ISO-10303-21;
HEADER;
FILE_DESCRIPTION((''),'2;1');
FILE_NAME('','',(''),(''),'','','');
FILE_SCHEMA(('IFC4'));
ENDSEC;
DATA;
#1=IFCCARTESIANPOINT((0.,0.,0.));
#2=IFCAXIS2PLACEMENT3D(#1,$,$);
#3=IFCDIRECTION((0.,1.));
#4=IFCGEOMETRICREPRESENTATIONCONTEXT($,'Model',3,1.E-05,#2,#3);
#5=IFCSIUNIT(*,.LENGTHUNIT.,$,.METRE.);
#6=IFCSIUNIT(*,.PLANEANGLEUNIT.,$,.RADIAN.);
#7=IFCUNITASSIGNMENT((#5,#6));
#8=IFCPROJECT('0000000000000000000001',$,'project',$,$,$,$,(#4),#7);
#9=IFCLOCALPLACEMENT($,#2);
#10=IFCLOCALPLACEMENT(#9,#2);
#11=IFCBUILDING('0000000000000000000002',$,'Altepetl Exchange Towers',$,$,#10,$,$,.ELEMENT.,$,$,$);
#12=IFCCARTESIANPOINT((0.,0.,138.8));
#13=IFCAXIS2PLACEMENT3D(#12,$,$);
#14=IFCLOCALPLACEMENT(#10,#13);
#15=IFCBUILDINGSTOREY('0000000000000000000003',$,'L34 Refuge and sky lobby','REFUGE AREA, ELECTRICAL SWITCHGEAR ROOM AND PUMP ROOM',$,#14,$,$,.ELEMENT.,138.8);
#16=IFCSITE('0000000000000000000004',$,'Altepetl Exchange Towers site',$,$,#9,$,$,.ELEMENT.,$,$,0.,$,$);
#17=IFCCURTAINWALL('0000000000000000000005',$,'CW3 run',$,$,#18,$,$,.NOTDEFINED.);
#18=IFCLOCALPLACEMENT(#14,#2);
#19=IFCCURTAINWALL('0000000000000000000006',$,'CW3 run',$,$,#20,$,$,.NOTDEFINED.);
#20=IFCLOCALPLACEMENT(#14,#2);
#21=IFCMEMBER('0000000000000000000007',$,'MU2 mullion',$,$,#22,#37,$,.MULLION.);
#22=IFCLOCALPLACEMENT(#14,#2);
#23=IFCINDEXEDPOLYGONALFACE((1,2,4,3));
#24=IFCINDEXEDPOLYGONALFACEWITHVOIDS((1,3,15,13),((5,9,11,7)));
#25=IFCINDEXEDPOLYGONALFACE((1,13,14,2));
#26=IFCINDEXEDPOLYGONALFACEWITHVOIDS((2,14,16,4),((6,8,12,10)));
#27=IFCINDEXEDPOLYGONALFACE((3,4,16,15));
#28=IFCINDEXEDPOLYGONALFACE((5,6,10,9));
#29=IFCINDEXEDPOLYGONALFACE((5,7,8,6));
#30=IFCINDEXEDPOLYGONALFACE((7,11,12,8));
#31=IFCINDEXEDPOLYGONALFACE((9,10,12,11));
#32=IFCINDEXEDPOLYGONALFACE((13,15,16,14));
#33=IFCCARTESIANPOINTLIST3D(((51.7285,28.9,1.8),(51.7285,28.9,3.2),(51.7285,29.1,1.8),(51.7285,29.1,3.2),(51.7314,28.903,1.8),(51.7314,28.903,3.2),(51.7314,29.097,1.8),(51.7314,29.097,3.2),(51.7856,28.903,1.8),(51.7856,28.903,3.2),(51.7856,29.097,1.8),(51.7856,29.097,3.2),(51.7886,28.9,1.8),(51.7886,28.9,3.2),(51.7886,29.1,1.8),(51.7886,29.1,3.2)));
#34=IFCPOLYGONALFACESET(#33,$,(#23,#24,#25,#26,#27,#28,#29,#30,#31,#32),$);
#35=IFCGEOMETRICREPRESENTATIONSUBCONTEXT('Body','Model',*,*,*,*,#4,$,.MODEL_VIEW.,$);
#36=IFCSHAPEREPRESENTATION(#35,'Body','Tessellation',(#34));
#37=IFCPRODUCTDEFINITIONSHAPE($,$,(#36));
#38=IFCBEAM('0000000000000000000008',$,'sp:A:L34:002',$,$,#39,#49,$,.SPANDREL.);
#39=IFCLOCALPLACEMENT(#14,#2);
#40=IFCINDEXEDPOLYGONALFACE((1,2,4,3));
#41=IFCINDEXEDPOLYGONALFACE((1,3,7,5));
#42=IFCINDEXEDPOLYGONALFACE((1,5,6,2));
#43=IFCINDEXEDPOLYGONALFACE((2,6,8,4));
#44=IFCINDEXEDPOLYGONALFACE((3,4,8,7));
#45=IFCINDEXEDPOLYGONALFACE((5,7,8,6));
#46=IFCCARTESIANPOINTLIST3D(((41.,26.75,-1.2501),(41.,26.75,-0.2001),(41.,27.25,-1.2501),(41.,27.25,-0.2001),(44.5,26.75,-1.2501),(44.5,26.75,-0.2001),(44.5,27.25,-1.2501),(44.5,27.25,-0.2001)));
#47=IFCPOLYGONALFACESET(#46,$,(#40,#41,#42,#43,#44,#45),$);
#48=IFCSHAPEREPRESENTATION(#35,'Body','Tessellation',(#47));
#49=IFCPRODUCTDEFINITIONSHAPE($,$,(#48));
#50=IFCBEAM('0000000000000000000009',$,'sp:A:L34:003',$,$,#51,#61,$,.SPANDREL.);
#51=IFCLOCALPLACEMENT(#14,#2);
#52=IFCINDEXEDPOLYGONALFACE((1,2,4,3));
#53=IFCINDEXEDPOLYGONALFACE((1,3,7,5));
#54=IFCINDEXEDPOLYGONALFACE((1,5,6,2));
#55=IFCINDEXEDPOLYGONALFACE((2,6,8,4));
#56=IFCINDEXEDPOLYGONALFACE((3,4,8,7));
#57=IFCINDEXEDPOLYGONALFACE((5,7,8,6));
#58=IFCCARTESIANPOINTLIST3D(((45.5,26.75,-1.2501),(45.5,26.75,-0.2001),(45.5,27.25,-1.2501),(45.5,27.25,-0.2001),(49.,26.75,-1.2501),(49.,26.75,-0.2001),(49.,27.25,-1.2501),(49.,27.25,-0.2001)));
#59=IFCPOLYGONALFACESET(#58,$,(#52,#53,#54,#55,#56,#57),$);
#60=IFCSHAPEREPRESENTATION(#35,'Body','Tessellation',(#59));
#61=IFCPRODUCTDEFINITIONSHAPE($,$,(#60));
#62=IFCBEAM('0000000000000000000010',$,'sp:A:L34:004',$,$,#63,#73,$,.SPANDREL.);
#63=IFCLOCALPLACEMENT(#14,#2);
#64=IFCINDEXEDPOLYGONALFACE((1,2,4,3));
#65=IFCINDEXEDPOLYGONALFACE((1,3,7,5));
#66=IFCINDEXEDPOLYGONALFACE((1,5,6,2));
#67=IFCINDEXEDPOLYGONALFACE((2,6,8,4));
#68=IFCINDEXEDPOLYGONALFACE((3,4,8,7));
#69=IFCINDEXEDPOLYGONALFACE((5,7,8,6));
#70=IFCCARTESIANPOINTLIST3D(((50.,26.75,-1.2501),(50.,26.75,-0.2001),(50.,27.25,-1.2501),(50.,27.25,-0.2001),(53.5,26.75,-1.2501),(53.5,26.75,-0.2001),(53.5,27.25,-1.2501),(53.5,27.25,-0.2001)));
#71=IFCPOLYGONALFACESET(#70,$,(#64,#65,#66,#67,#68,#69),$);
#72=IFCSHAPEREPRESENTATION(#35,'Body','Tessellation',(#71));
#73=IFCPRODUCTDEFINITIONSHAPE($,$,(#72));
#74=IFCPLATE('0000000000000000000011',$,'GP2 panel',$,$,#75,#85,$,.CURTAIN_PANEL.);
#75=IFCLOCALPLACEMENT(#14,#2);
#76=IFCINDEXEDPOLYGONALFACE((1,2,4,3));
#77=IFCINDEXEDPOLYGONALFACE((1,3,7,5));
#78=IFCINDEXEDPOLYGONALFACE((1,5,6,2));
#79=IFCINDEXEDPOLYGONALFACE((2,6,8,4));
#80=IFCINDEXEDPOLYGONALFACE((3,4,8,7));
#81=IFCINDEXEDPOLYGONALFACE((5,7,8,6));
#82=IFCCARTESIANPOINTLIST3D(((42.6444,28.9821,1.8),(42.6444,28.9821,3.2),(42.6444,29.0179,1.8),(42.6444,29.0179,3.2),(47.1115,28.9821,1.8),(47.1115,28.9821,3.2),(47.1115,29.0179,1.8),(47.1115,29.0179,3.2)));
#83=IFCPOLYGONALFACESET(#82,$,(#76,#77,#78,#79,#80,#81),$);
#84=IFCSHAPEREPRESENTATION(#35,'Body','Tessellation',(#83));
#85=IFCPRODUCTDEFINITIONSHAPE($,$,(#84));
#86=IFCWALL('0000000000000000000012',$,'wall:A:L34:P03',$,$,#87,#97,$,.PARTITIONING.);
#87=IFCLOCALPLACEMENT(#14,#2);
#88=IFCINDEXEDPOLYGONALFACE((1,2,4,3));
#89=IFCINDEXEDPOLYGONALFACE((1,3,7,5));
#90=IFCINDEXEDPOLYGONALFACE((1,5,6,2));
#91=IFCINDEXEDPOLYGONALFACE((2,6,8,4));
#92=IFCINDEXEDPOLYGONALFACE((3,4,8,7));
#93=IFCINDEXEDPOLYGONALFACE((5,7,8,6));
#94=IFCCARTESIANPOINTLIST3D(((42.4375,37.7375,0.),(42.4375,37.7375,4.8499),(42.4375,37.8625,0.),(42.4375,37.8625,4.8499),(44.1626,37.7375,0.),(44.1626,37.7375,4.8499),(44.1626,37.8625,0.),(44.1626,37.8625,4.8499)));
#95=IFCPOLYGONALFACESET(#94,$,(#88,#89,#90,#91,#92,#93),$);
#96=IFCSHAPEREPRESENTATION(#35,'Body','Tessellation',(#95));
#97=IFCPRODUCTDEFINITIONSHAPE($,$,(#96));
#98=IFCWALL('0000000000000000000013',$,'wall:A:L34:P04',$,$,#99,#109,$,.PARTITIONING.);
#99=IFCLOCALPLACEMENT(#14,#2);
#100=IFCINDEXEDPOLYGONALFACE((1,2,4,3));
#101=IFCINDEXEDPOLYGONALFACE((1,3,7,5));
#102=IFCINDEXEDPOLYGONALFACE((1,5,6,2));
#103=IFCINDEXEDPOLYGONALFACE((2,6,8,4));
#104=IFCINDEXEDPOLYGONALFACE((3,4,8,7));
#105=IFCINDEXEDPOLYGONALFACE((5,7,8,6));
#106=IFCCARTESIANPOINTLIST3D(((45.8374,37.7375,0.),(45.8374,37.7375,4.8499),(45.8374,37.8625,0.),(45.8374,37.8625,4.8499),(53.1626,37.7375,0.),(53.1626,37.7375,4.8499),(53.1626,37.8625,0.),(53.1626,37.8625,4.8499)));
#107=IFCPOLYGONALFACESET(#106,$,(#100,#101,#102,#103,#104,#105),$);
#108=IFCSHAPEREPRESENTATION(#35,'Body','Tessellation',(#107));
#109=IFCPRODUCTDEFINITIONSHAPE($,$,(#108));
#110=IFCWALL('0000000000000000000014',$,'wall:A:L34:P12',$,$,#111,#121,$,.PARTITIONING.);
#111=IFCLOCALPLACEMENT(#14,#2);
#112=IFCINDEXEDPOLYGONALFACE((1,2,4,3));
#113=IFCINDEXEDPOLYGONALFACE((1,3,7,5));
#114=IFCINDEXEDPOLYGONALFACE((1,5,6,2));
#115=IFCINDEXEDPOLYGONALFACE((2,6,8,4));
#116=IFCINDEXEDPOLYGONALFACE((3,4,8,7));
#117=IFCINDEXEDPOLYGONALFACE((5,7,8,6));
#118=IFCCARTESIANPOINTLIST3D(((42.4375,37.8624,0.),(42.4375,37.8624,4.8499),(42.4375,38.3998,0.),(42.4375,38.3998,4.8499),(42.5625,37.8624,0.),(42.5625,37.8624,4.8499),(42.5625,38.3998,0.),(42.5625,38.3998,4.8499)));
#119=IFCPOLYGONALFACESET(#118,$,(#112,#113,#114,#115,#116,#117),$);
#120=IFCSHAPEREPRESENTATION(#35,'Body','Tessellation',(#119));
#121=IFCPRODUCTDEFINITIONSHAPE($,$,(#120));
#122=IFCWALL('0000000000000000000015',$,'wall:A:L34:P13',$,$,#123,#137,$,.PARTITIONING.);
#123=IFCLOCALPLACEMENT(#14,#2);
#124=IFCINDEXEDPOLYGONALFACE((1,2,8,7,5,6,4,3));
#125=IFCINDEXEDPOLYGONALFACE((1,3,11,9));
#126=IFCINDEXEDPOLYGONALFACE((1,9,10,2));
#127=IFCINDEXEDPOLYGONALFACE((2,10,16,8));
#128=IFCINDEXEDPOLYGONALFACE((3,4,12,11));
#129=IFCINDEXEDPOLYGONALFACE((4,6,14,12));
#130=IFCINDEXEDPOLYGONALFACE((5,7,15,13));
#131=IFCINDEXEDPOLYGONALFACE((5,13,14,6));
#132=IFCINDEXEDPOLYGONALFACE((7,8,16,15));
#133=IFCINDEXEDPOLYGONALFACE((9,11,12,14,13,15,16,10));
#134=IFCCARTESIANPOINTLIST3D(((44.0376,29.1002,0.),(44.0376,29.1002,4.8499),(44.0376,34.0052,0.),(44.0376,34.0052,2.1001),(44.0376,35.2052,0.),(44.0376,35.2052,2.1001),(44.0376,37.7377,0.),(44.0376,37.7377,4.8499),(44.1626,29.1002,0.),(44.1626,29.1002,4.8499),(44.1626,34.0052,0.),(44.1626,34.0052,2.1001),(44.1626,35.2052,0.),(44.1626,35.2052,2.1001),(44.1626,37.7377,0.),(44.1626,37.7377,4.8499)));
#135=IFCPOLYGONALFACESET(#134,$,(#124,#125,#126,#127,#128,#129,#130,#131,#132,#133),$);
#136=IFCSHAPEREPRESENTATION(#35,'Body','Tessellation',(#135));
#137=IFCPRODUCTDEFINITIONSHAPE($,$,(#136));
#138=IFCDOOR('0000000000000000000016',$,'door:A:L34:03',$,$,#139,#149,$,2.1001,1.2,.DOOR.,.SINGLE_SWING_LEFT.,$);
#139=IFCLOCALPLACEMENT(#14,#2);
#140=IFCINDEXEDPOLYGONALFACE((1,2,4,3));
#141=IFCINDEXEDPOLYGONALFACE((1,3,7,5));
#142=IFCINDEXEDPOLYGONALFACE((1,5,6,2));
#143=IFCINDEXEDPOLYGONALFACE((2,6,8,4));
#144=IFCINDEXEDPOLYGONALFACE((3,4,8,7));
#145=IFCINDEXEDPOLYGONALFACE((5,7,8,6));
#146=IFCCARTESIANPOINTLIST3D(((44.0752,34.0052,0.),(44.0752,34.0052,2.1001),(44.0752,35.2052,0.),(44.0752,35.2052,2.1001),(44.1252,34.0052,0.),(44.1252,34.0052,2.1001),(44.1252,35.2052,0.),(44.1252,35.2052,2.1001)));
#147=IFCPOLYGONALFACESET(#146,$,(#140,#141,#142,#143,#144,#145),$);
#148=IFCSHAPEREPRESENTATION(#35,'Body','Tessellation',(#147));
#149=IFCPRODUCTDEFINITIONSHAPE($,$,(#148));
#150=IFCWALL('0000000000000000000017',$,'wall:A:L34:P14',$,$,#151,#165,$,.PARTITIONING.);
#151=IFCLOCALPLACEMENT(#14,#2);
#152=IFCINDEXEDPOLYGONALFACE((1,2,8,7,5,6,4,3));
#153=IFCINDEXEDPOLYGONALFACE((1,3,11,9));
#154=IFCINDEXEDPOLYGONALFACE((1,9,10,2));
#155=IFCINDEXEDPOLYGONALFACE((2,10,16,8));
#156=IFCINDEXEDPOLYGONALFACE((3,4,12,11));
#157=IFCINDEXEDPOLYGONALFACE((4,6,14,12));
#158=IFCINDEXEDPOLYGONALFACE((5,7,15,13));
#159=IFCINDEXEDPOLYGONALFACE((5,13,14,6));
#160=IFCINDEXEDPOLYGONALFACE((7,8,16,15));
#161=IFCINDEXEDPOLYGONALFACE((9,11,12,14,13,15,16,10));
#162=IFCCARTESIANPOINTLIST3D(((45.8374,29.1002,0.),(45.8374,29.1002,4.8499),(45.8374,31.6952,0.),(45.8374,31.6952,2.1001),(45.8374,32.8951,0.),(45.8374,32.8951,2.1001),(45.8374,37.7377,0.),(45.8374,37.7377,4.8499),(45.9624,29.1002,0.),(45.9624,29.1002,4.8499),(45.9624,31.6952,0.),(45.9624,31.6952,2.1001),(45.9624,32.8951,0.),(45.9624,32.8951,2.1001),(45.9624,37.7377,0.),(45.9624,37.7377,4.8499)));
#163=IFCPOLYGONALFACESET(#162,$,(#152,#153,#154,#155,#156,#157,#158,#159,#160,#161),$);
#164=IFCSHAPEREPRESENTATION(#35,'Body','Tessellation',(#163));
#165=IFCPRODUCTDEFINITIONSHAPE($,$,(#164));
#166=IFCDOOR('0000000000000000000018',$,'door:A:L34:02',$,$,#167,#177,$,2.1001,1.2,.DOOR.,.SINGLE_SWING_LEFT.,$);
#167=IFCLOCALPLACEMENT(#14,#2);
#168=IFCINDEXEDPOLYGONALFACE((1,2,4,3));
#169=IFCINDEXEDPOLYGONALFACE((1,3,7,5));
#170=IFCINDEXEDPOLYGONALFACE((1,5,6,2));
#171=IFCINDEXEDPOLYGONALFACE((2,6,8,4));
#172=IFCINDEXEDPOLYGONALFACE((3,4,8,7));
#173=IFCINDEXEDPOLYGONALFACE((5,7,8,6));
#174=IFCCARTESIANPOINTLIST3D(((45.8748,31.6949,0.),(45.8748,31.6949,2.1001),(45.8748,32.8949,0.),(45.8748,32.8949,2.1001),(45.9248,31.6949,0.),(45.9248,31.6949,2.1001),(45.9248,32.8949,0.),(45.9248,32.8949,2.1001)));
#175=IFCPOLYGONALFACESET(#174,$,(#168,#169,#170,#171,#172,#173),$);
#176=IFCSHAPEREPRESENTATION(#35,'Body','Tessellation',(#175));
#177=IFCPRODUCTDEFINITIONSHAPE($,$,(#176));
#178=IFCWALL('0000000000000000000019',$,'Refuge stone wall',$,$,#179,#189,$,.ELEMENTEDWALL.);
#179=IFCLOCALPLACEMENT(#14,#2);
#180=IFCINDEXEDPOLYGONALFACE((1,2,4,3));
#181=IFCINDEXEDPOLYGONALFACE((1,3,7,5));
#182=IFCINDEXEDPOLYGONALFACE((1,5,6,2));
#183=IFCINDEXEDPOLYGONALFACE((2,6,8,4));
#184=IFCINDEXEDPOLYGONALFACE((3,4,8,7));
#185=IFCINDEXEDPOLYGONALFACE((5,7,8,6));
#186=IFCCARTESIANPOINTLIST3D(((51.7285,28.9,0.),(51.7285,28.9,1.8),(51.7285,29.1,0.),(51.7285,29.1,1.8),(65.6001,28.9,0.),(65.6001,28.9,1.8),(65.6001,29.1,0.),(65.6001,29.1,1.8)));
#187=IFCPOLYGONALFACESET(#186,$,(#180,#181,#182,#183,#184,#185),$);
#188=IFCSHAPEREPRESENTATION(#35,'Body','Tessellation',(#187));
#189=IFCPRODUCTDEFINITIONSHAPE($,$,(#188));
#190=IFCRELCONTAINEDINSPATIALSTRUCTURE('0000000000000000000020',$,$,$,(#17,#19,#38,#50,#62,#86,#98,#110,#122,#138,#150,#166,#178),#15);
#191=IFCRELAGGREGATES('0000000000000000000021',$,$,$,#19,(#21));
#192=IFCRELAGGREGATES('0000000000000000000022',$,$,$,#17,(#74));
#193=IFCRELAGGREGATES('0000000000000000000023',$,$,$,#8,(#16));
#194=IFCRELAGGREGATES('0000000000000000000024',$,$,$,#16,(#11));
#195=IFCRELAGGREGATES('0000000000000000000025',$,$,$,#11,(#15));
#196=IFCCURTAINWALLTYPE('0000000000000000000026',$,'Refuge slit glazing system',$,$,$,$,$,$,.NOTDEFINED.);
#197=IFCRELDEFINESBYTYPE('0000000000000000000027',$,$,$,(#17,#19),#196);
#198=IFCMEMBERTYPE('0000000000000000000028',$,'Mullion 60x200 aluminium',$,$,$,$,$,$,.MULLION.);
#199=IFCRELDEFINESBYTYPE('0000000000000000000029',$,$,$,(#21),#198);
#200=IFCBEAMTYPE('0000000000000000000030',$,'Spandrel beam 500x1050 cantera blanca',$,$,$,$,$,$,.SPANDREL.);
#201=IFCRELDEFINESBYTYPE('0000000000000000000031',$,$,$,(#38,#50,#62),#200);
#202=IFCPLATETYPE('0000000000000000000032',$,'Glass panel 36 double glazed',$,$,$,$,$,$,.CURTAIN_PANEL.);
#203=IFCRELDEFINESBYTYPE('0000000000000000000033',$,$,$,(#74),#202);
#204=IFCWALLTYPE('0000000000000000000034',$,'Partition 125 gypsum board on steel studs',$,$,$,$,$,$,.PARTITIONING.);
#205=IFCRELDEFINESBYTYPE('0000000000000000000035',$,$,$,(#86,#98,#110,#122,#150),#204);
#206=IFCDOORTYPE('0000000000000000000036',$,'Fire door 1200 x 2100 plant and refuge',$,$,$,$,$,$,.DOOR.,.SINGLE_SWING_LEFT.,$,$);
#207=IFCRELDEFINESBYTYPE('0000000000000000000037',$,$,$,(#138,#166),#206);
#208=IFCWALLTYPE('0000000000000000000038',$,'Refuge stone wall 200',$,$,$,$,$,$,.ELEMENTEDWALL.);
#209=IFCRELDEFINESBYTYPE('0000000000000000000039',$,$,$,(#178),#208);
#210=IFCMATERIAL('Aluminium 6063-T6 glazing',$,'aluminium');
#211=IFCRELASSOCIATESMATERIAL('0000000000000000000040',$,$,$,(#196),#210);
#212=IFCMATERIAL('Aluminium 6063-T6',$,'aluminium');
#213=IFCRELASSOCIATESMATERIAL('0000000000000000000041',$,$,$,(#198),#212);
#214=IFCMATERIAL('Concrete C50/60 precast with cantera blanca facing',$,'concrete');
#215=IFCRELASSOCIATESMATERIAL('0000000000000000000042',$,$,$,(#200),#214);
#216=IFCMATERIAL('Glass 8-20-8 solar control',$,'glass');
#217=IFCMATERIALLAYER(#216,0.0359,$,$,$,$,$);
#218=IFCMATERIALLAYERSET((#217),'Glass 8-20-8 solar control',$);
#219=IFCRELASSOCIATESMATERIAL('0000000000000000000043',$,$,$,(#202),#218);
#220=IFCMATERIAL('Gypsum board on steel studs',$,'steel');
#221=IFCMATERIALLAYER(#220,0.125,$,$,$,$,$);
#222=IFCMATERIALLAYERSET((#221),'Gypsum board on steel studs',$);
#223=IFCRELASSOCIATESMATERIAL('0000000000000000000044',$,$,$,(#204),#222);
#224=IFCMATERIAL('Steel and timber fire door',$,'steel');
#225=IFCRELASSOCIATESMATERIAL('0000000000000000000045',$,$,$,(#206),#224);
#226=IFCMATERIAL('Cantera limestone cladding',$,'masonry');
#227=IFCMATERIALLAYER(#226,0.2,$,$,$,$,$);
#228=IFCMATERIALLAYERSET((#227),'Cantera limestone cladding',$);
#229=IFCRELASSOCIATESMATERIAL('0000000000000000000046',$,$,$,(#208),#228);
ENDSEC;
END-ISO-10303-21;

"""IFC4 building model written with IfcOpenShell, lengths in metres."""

from ifc_helpers import new_model, si_unit, direction, frame, frame_2d, origin, origin_2d, place, context, subcontext, project, spatial, rectangle, hollow_rectangle, extrude, material, layer, layer_set, material_profile, profile_set, type_object, element, fill, aggregate, save


model = new_model("IFC4")

# Units and contexts
model_context = context("Model", 3, precision=1e-05, world=origin(), true_north=direction((0.0, 1.0)))
body_context = subcontext(model_context, "Body", "Model", "MODEL_VIEW")
ifc_project = project(units=[si_unit("LENGTHUNIT", "METRE"), si_unit("PLANEANGLEUNIT", "RADIAN")], contexts=[model_context])

# Site, building, storey
site_placement = place(None, origin())
site = spatial("IfcSite", under=ifc_project, at=site_placement, Name="Altepetl Exchange Towers site", CompositionType="ELEMENT", RefElevation=0.0)
building_placement = place(site_placement, origin())
building = spatial("IfcBuilding", under=site, at=building_placement, Name="Altepetl Exchange Towers", CompositionType="ELEMENT")
storey_placement = place(building_placement, frame((0.0, 0.0, 138.8)))
storey = spatial("IfcBuildingStorey", under=building, at=storey_placement, Name="L34 Refuge and sky lobby", Description="REFUGE AREA, ELECTRICAL SWITCHGEAR ROOM AND PUMP ROOM", CompositionType="ELEMENT", Elevation=138.8)

# Curtain wall
ifc_material_1 = material(Name="Aluminium 6063-T6 glazing", Category="aluminium")
curtain_wall_type = type_object("IfcCurtainWallType", Name="Refuge slit glazing system", PredefinedType="NOTDEFINED", material=ifc_material_1)
curtain_wall_1_placement = place(storey_placement, origin())
curtain_wall_1 = element("IfcCurtainWall", 1, at=curtain_wall_1_placement, inside=storey, type_object=curtain_wall_type, Name="CW3 run", PredefinedType="NOTDEFINED")
ifc_material_2 = material(Name="Aluminium 6063-T6", Category="aluminium")
ifc_material_profile_1 = material_profile(ifc_material_2, hollow_rectangle(XDim=0.0601, YDim=0.2, WallThickness=0.0029, at=origin_2d()), Name="Mullion 60x200 aluminium")
ifc_profile_set_1 = profile_set([ifc_material_profile_1], Name="Aluminium 6063-T6")
member_type_1 = type_object("IfcMemberType", Name="Mullion 60x200 aluminium", PredefinedType="MULLION", material=ifc_profile_set_1)

# Curtain wall, member
curtain_wall_2_placement = place(storey_placement, origin())
curtain_wall_2 = element("IfcCurtainWall", 2, at=curtain_wall_2_placement, inside=storey, type_object=curtain_wall_type, Name="CW3 run", PredefinedType="NOTDEFINED")
member_1_placement = place(storey_placement, frame((51.7585, 29.0, 1.8)))
member_1 = element("IfcMember", 3, at=member_1_placement, type_object=member_type_1, Name="MU2 mullion", PredefinedType="MULLION", context=body_context, shape_type="SweptSolid", body=[
    extrude(hollow_rectangle(XDim=0.0601, YDim=0.2, WallThickness=0.0029, at=origin_2d()), origin(), (0.0, 0.0, 1.0), 1.3999),
])
aggregate(curtain_wall_2, [member_1])

# Beams
ifc_material_3 = material(Name="Concrete C50/60 precast with cantera blanca facing", Category="concrete")
ifc_material_profile_2 = material_profile(ifc_material_3, rectangle(XDim=0.5, YDim=1.05, at=origin_2d()), Name="500 x 1050")
ifc_profile_set_2 = profile_set([ifc_material_profile_2], Name="Concrete C50/60 precast with cantera blanca facing")
beam_type_1 = type_object("IfcBeamType", Name="Spandrel beam 500x1050 cantera blanca", PredefinedType="SPANDREL", material=ifc_profile_set_2)
for number, where, z_axis, x_axis, name in (
    (4, (41.0, 27.0, -0.7251), (1.0, 0.0, 0.0), (0.0, 1.0, 0.0), "sp:A:L34:002"),
    (5, (45.5, 27.0, -0.7251), (1.0, 0.0, 0.0), (0.0, 1.0, 0.0), "sp:A:L34:003"),
    (6, (50.0, 27.0, -0.7251), (1.0, 0.0, 0.0), (0.0, 1.0, 0.0), "sp:A:L34:004"),
):
    element("IfcBeam", number, at=place(storey_placement, frame(where, z_axis=z_axis, x_axis=x_axis)), inside=storey, type_object=beam_type_1, Name=name, PredefinedType="SPANDREL", context=body_context, shape_type="SweptSolid", body=[
        extrude(rectangle(XDim=0.5, YDim=1.05, at=origin_2d()), origin(), (0.0, 0.0, 1.0), 3.5),
    ])

# Plate
ifc_material_4 = material(Name="Glass 8-20-8 solar control", Category="glass")
ifc_layer_1 = layer(ifc_material_4, 0.0359)
ifc_layer_set_1 = layer_set([ifc_layer_1], Name="Glass 8-20-8 solar control")
plate_type = type_object("IfcPlateType", Name="Glass panel 36 double glazed", PredefinedType="CURTAIN_PANEL", material=ifc_layer_set_1)
plate_placement = place(storey_placement, frame((44.8779, 29.0, 1.8)))
plate = element("IfcPlate", 7, at=plate_placement, type_object=plate_type, Name="GP2 panel", PredefinedType="CURTAIN_PANEL", context=body_context, shape_type="SweptSolid", body=[
    extrude(rectangle(XDim=4.467, YDim=0.0359, at=origin_2d()), origin(), (0.0, 0.0, 1.0), 1.3999),
])
aggregate(curtain_wall_1, [plate])

# Walls
ifc_material_5 = material(Name="Gypsum board on steel studs", Category="steel")
ifc_layer_2 = layer(ifc_material_5, 0.125)
ifc_layer_set_2 = layer_set([ifc_layer_2], Name="Gypsum board on steel studs")
wall_type_1 = type_object("IfcWallType", Name="Partition 125 gypsum board on steel studs", PredefinedType="PARTITIONING", material=ifc_layer_set_2)
wall_1_placement = place(storey_placement, frame((42.4375, 37.8, 0.0)))
element("IfcWall", 8, at=wall_1_placement, inside=storey, type_object=wall_type_1, Name="wall:A:L34:P03", PredefinedType="PARTITIONING", context=body_context, shape_type="SweptSolid", body=[
    extrude(rectangle(XDim=1.7251, YDim=0.125, at=frame_2d((0.8625, 0.0))), origin(), (0.0, 0.0, 1.0), 4.8499),
])
wall_2_placement = place(storey_placement, frame((45.8374, 37.8, 0.0)))
element("IfcWall", 9, at=wall_2_placement, inside=storey, type_object=wall_type_1, Name="wall:A:L34:P04", PredefinedType="PARTITIONING", context=body_context, shape_type="SweptSolid", body=[
    extrude(rectangle(XDim=7.3252, YDim=0.125, at=frame_2d((3.6626, 0.0))), origin(), (0.0, 0.0, 1.0), 4.8499),
])
wall_3_placement = place(storey_placement, frame((42.5, 37.8625, 0.0), z_axis=(0.0, 0.0, 1.0), x_axis=(0.0, 1.0, 0.0)))
element("IfcWall", 10, at=wall_3_placement, inside=storey, type_object=wall_type_1, Name="wall:A:L34:P12", PredefinedType="PARTITIONING", context=body_context, shape_type="SweptSolid", body=[
    extrude(rectangle(XDim=0.5374, YDim=0.125, at=frame_2d((0.2686, 0.0))), origin(), (0.0, 0.0, 1.0), 4.8499),
])

# Walls, openings, doors
wall_4_placement = place(storey_placement, frame((44.1001, 29.1001, 0.0), z_axis=(0.0, 0.0, 1.0), x_axis=(0.0, 1.0, 0.0)))
wall_4 = element("IfcWall", 11, at=wall_4_placement, inside=storey, type_object=wall_type_1, Name="wall:A:L34:P13", PredefinedType="PARTITIONING", context=body_context, shape_type="SweptSolid", body=[
    extrude(rectangle(XDim=8.6375, YDim=0.125, at=frame_2d((4.3188, 0.0))), origin(), (0.0, 0.0, 1.0), 4.8499),
])
opening_1_placement = place(wall_4_placement, frame((4.905, 0.0, 0.0)))
opening_1 = element("IfcOpeningElement", 12, at=opening_1_placement, cuts=wall_4, PredefinedType="OPENING", context=body_context, shape_type="SweptSolid", body=[
    extrude(rectangle(XDim=1.2, YDim=2.1001, at=frame_2d((0.6001, 1.05))), frame((0.0, 0.0725, 0.0), z_axis=(0.0, -1.0, 0.0), x_axis=(1.0, 0.0, 0.0)), (0.0, 0.0, 1.0), 0.145),
])
ifc_material_6 = material(Name="Steel and timber fire door", Category="steel")
door_type_1 = type_object("IfcDoorType", Name="Fire door 1200 x 2100 plant and refuge", OperationType="SINGLE_SWING_LEFT", PredefinedType="DOOR", material=ifc_material_6)
door_1_placement = place(opening_1_placement, origin())
door_1 = element("IfcDoor", 13, at=door_1_placement, inside=storey, type_object=door_type_1, Name="door:A:L34:03", OperationType="SINGLE_SWING_LEFT", OverallHeight=2.1001, OverallWidth=1.2, PredefinedType="DOOR", context=body_context, shape_type="SweptSolid", body=[
    extrude(rectangle(XDim=1.2, YDim=2.1001, at=frame_2d((0.6001, 1.05))), frame((0.0, 0.0249, 0.0), z_axis=(0.0, -1.0, 0.0), x_axis=(1.0, 0.0, 0.0)), (0.0, 0.0, 1.0), 0.05),
])
fill(opening_1, door_1)
wall_5_placement = place(storey_placement, frame((45.8999, 29.1001, 0.0), z_axis=(0.0, 0.0, 1.0), x_axis=(0.0, 1.0, 0.0)))
wall_5 = element("IfcWall", 14, at=wall_5_placement, inside=storey, type_object=wall_type_1, Name="wall:A:L34:P14", PredefinedType="PARTITIONING", context=body_context, shape_type="SweptSolid", body=[
    extrude(rectangle(XDim=8.6375, YDim=0.125, at=frame_2d((4.3188, 0.0))), origin(), (0.0, 0.0, 1.0), 4.8499),
])
opening_2_placement = place(wall_5_placement, frame((2.595, 0.0, 0.0)))
opening_2 = element("IfcOpeningElement", 15, at=opening_2_placement, cuts=wall_5, PredefinedType="OPENING", context=body_context, shape_type="SweptSolid", body=[
    extrude(rectangle(XDim=1.2, YDim=2.1001, at=frame_2d((0.6001, 1.05))), frame((0.0, 0.0725, 0.0), z_axis=(0.0, -1.0, 0.0), x_axis=(1.0, 0.0, 0.0)), (0.0, 0.0, 1.0), 0.145),
])
door_2_placement = place(opening_2_placement, frame((1.2, 0.0, 0.0), x_axis=(-1.0, 0.0, 0.0)))
door_2 = element("IfcDoor", 16, at=door_2_placement, inside=storey, type_object=door_type_1, Name="door:A:L34:02", OperationType="SINGLE_SWING_LEFT", OverallHeight=2.1001, OverallWidth=1.2, PredefinedType="DOOR", context=body_context, shape_type="SweptSolid", body=[
    extrude(rectangle(XDim=1.2, YDim=2.1001, at=frame_2d((0.6001, 1.05))), frame((0.0, 0.0249, 0.0), z_axis=(0.0, -1.0, 0.0), x_axis=(1.0, 0.0, 0.0)), (0.0, 0.0, 1.0), 0.05),
])
fill(opening_2, door_2)

# Wall
ifc_material_7 = material(Name="Cantera limestone cladding", Category="masonry")
ifc_layer_3 = layer(ifc_material_7, 0.2)
ifc_layer_set_3 = layer_set([ifc_layer_3], Name="Cantera limestone cladding")
wall_type_2 = type_object("IfcWallType", Name="Refuge stone wall 200", PredefinedType="ELEMENTEDWALL", material=ifc_layer_set_3)
wall_6_placement = place(storey_placement, frame((51.7285, 29.0, 0.0)))
element("IfcWall", 17, at=wall_6_placement, inside=storey, type_object=wall_type_2, Name="Refuge stone wall", PredefinedType="ELEMENTEDWALL", context=body_context, shape_type="SweptSolid", body=[
    extrude(rectangle(XDim=13.8716, YDim=0.2, at=frame_2d((6.9358, 0.0))), origin(), (0.0, 0.0, 1.0), 1.8),
])

save(model, "model.ifc")
